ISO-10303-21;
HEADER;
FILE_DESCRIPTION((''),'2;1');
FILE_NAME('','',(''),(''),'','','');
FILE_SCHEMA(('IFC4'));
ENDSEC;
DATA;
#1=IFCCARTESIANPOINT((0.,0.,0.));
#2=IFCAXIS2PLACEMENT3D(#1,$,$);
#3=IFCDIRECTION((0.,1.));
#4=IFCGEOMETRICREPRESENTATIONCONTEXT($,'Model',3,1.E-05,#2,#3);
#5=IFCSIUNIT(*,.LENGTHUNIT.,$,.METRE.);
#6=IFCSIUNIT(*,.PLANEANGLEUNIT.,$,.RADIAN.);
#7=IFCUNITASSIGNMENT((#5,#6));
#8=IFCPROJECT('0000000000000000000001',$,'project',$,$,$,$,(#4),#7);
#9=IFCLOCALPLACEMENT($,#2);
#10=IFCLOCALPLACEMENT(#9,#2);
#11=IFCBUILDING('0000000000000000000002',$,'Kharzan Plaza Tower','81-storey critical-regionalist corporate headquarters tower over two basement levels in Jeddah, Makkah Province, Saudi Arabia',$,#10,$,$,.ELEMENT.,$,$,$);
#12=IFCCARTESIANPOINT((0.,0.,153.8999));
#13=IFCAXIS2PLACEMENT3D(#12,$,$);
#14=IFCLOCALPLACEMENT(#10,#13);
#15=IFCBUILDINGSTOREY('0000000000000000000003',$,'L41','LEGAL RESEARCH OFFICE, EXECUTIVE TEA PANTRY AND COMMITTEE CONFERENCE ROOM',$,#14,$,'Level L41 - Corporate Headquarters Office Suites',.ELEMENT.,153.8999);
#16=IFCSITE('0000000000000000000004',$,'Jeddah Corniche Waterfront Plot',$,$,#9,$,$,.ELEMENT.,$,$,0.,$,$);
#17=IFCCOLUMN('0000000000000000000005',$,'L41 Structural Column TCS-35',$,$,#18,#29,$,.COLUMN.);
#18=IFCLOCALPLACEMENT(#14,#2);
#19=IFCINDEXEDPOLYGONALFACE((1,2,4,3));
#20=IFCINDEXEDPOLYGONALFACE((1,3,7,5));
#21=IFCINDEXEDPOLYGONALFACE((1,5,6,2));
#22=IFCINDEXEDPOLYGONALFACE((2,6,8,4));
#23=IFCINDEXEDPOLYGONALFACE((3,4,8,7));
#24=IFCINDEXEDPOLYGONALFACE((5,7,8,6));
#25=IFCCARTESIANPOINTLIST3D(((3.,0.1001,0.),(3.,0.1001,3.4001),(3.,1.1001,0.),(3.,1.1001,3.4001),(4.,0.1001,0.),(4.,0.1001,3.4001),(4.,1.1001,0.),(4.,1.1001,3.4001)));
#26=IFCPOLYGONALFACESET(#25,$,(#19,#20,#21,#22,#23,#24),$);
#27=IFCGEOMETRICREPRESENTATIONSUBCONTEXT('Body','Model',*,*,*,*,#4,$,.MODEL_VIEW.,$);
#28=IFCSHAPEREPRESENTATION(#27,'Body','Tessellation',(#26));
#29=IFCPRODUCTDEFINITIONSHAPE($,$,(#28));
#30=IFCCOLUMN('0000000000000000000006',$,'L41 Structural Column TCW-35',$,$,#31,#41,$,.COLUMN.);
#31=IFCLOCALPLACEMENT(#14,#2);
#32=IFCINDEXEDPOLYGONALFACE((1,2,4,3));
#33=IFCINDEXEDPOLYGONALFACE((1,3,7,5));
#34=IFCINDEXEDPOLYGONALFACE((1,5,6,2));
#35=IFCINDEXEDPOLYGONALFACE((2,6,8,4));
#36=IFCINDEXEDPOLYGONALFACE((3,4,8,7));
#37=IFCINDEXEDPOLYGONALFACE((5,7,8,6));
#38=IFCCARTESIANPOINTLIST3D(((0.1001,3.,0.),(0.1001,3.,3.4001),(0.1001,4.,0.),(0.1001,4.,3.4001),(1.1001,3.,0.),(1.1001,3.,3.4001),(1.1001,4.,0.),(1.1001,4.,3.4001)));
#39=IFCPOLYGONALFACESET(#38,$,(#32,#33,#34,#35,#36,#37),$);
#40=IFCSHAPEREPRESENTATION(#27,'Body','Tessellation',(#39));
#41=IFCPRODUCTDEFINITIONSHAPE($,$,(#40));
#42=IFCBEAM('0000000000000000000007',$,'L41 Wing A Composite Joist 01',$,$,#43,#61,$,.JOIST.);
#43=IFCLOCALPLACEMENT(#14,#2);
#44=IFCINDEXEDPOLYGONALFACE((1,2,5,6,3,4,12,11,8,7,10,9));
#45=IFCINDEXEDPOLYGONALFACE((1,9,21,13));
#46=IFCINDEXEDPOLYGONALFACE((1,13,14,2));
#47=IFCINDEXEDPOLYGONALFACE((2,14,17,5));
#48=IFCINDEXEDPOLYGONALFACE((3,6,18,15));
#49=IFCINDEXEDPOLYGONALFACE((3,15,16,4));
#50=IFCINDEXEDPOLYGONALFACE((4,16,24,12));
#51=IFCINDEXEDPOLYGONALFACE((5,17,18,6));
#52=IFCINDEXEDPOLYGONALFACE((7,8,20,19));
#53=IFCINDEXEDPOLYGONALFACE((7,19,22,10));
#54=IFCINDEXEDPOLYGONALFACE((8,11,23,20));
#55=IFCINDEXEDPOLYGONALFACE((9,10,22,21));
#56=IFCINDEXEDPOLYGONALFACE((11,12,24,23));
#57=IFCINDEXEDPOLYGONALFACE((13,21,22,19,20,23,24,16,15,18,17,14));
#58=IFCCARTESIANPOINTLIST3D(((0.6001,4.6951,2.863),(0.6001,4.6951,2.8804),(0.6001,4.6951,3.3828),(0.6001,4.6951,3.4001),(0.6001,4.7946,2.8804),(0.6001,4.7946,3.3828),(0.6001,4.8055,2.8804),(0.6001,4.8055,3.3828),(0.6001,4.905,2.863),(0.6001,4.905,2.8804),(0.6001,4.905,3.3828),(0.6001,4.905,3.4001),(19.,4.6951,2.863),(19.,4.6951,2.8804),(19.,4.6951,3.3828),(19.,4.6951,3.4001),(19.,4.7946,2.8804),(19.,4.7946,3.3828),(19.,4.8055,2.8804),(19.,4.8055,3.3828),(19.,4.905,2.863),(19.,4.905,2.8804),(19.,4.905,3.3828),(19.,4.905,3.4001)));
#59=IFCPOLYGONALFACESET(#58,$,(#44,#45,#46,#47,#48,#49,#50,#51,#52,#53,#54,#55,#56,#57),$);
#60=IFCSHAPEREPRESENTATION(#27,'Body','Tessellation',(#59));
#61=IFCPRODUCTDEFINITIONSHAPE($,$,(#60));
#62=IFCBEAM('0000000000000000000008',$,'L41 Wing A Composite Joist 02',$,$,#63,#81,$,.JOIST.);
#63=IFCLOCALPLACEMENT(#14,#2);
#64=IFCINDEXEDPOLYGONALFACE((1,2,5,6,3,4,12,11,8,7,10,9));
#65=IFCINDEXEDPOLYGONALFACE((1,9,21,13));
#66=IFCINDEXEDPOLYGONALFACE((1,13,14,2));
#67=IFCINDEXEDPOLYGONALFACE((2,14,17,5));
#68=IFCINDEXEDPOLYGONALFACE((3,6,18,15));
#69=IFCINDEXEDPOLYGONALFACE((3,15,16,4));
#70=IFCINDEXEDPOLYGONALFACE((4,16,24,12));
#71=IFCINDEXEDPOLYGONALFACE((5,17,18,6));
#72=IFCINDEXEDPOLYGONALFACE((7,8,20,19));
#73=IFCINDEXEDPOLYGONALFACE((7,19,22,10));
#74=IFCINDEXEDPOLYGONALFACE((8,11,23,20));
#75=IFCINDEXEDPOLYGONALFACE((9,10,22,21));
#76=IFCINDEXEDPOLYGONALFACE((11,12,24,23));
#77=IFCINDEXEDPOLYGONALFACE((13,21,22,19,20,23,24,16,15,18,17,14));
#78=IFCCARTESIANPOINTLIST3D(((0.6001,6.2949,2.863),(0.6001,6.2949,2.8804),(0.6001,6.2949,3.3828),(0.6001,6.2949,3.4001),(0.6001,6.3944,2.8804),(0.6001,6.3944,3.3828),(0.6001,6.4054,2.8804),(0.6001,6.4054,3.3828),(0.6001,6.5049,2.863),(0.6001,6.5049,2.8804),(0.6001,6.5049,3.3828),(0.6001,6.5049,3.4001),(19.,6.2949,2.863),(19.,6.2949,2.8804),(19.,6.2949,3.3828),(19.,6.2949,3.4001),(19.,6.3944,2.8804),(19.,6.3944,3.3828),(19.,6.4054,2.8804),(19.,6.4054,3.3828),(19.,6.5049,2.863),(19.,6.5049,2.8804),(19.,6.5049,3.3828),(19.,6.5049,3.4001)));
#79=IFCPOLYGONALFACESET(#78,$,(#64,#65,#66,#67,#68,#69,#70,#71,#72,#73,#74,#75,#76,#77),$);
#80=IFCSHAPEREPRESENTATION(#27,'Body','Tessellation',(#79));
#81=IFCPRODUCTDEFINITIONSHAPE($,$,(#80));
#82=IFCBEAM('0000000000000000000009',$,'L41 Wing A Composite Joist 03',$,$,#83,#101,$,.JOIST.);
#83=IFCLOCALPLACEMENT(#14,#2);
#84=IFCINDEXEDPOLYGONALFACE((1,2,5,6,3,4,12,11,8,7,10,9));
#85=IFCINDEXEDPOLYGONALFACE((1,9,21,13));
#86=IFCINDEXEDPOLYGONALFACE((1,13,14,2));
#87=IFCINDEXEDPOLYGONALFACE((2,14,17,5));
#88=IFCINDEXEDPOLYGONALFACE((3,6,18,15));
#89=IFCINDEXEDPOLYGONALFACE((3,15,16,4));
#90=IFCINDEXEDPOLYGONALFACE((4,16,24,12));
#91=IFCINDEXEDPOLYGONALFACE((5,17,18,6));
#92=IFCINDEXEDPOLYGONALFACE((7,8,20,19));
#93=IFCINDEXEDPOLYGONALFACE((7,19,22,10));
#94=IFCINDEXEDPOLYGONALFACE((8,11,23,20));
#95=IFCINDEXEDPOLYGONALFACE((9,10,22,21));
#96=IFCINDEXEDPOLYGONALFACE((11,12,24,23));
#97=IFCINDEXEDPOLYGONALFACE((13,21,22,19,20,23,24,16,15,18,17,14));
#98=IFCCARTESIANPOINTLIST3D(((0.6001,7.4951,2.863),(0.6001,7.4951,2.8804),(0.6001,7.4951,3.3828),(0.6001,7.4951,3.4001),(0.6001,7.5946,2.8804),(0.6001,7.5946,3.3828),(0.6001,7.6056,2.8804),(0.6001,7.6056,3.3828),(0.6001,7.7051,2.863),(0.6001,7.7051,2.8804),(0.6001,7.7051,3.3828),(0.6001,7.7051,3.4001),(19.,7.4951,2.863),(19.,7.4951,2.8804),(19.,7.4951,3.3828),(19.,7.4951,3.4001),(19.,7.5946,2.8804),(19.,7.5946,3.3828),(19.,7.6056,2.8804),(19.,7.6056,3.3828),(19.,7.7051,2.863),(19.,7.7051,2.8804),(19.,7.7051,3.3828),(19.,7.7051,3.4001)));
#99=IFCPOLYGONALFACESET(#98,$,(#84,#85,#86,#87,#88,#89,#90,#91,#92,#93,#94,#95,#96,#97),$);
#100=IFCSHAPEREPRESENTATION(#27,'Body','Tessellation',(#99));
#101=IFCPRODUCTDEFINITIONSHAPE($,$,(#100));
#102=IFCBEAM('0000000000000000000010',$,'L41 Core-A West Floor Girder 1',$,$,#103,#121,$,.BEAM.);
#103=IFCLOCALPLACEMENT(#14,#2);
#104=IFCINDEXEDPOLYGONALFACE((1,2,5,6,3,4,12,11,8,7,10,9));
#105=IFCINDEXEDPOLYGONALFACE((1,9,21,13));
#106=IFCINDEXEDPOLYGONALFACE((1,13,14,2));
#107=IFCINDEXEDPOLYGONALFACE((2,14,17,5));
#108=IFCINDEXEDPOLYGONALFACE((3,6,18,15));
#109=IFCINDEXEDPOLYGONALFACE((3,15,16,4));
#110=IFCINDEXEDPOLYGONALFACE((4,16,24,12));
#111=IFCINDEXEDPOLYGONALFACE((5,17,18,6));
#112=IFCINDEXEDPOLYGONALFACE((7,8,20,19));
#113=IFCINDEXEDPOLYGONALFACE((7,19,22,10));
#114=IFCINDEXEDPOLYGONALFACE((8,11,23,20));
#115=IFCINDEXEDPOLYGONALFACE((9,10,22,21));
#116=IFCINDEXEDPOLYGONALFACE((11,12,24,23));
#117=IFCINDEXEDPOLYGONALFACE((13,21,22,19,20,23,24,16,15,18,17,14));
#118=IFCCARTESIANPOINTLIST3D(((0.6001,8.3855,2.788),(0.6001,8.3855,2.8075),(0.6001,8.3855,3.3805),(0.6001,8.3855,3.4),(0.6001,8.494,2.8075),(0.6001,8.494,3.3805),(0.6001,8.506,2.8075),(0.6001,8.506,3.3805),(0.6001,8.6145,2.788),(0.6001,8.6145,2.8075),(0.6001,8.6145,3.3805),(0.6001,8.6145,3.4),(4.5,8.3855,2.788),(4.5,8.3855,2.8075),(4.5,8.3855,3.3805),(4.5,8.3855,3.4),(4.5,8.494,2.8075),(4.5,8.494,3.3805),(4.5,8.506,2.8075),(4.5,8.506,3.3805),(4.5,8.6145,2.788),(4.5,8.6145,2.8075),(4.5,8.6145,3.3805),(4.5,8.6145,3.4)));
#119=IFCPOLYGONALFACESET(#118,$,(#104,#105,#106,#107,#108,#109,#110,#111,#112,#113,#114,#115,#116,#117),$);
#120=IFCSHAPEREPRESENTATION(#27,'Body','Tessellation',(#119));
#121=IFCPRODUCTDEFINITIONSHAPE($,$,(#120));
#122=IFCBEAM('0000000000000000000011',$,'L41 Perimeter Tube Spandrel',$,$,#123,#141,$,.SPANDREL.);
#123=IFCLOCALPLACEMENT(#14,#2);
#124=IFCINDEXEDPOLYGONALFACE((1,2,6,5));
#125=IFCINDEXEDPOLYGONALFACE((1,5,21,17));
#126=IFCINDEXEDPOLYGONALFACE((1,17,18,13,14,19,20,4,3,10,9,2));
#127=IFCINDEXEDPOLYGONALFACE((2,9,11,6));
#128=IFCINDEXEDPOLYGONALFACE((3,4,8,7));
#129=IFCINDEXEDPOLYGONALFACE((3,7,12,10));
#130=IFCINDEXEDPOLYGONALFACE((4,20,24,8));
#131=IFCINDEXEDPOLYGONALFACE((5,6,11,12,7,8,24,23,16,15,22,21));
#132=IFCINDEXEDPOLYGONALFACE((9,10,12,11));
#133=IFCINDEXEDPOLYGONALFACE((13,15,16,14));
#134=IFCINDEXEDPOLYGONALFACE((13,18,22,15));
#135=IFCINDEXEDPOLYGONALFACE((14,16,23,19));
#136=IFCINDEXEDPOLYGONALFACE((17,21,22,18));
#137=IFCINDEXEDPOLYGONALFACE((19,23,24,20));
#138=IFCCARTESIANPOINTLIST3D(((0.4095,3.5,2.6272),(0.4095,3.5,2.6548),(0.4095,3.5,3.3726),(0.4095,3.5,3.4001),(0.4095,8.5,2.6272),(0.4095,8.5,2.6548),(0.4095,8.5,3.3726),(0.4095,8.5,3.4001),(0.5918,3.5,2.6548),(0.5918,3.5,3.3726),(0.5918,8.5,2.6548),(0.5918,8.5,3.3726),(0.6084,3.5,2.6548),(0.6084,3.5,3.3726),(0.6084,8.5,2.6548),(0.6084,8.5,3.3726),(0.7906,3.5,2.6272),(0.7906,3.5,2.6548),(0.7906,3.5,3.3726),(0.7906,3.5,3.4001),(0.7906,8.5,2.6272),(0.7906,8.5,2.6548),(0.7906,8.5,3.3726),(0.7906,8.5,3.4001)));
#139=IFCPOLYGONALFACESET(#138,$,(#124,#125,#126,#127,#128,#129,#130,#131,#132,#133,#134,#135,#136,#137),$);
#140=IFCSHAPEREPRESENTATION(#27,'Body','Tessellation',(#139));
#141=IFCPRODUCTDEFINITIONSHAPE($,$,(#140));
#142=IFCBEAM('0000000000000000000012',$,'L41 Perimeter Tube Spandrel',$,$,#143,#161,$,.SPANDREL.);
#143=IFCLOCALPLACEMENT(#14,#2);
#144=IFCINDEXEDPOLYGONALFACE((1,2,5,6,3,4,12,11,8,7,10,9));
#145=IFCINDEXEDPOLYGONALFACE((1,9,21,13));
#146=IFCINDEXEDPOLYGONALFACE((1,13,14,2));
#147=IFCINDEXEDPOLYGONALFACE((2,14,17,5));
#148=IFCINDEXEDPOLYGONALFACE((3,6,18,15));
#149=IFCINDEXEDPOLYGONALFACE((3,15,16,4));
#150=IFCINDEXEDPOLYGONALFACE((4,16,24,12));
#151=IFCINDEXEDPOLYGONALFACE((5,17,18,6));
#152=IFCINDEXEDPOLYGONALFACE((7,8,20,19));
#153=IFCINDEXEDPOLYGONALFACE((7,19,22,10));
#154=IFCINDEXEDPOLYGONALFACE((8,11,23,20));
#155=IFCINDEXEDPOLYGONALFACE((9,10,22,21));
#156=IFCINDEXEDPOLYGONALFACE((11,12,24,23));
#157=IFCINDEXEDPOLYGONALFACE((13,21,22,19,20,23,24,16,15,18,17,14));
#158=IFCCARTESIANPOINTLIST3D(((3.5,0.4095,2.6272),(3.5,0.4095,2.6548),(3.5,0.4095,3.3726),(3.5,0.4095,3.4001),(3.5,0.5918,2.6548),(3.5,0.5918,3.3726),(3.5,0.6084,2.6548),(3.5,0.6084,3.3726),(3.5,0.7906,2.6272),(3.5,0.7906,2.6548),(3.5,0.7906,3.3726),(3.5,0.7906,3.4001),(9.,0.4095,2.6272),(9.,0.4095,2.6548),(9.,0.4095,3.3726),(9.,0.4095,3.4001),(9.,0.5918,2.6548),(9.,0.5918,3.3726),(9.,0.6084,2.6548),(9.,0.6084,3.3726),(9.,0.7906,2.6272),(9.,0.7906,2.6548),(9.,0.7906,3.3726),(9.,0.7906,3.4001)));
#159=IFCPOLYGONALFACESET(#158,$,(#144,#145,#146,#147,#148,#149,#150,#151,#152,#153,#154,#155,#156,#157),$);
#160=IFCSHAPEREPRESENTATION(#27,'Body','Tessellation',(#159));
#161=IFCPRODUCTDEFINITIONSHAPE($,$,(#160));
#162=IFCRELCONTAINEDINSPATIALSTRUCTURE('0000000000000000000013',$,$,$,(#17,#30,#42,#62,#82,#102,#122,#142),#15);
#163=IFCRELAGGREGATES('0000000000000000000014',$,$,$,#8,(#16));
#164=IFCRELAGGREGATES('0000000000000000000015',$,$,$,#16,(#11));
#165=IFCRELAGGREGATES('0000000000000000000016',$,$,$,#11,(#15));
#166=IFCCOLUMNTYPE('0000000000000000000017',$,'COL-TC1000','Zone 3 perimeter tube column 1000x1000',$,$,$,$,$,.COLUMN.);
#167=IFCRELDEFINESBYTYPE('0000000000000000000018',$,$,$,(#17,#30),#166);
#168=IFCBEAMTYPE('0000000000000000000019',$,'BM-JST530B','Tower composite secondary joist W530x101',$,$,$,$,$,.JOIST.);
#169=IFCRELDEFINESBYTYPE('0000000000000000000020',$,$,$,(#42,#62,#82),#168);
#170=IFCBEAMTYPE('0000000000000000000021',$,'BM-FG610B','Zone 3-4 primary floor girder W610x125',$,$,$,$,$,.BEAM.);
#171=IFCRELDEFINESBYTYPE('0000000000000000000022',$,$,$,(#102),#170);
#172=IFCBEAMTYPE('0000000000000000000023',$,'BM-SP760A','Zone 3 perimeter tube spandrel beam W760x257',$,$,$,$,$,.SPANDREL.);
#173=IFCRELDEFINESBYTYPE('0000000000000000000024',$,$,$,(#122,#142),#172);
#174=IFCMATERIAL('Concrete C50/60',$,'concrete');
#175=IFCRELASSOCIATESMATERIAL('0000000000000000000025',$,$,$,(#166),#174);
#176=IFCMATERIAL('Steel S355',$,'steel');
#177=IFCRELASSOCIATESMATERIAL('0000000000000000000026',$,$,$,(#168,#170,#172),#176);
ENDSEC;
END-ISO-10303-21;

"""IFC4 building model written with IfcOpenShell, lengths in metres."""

from ifc_helpers import new_model, si_unit, direction, frame, origin, origin_2d, place, context, subcontext, project, spatial, rectangle, i_section, extrude, source, transform, mapped, material, material_profile, profile_set, type_object, element, save


model = new_model("IFC4")

# Units and contexts
model_context = context("Model", 3, precision=1e-05, world=origin(), true_north=direction((0.0, 1.0)))
body_context = subcontext(model_context, "Body", "Model", "MODEL_VIEW")
ifc_project = project(units=[si_unit("LENGTHUNIT", "METRE"), si_unit("PLANEANGLEUNIT", "RADIAN")], contexts=[model_context])

# Site, building, storey
site_placement = place(None, origin())
site = spatial("IfcSite", under=ifc_project, at=site_placement, Name="Jeddah Corniche Waterfront Plot", CompositionType="ELEMENT", RefElevation=0.0)
building_placement = place(site_placement, origin())
building = spatial("IfcBuilding", under=site, at=building_placement, Name="Kharzan Plaza Tower", Description="81-storey critical-regionalist corporate headquarters tower over two basement levels in Jeddah, Makkah Province, Saudi Arabia", CompositionType="ELEMENT")
storey_placement = place(building_placement, frame((0.0, 0.0, 153.8999)))
storey = spatial("IfcBuildingStorey", under=building, at=storey_placement, Name="L41", Description="LEGAL RESEARCH OFFICE, EXECUTIVE TEA PANTRY AND COMMITTEE CONFERENCE ROOM", LongName="Level L41 - Corporate Headquarters Office Suites", CompositionType="ELEMENT", Elevation=153.8999)

# Columns
ifc_material_1 = material(Name="Concrete C50/60", Category="concrete")
ifc_material_profile_1 = material_profile(ifc_material_1, rectangle(XDim=1.0, YDim=1.0, at=origin_2d()), Name="RC-TC1000x1000")
ifc_profile_set_1 = profile_set([ifc_material_profile_1], Name="Concrete C50/60")
column_type = type_object("IfcColumnType", Name="COL-TC1000", Description="Zone 3 perimeter tube column 1000x1000", PredefinedType="COLUMN", material=ifc_profile_set_1)
shared_shape_1 = source(origin(), body_context, "Body", "SweptSolid", [
    extrude(rectangle(XDim=1.0, YDim=1.0, at=origin_2d()), origin(), (0.0, 0.0, 1.0), 3.4001),
])
for number, where, z_axis, x_axis, name in (
    (1, (3.5, 0.6001, 0.0), (0.0, 0.0, 1.0), (1.0, 0.0, 0.0), "L41 Structural Column TCS-35"),
    (2, (0.6001, 3.5, 0.0), (0.0, 0.0, 1.0), (1.0, 0.0, 0.0), "L41 Structural Column TCW-35"),
):
    element("IfcColumn", number, at=place(storey_placement, frame(where, z_axis=z_axis, x_axis=x_axis)), inside=storey, type_object=column_type, Name=name, PredefinedType="COLUMN", context=body_context, shape_type="MappedRepresentation", body=[
        mapped(shared_shape_1, transform((0.0, 0.0, 0.0), x_axis=(1.0, 0.0, 0.0), y_axis=(0.0, 1.0, 0.0), z_axis=(0.0, 0.0, 1.0))),
    ])

# Beams
ifc_material_2 = material(Name="Steel S355", Category="steel")
ifc_material_profile_2 = material_profile(ifc_material_2, i_section(OverallWidth=0.21, OverallDepth=0.5371, WebThickness=0.011, FlangeThickness=0.0173, at=origin_2d()), Name="W530x101")
ifc_profile_set_2 = profile_set([ifc_material_profile_2], Name="Steel S355")
beam_type_1 = type_object("IfcBeamType", Name="BM-JST530B", Description="Tower composite secondary joist W530x101", PredefinedType="JOIST", material=ifc_profile_set_2)
shared_shape_2 = source(origin(), body_context, "Body", "SweptSolid", [
    extrude(i_section(OverallWidth=0.21, OverallDepth=0.5371, WebThickness=0.011, FlangeThickness=0.0173, at=origin_2d()), origin(), (0.0, 0.0, 1.0), 18.3999),
])
for number, where, z_axis, x_axis, name in (
    (3, (0.6001, 4.8, 3.1316), (1.0, 0.0, 0.0), (0.0, 1.0, 0.0), "L41 Wing A Composite Joist 01"),
    (4, (0.6001, 6.3999, 3.1316), (1.0, 0.0, 0.0), (0.0, 1.0, 0.0), "L41 Wing A Composite Joist 02"),
    (5, (0.6001, 7.6001, 3.1316), (1.0, 0.0, 0.0), (0.0, 1.0, 0.0), "L41 Wing A Composite Joist 03"),
):
    element("IfcBeam", number, at=place(storey_placement, frame(where, z_axis=z_axis, x_axis=x_axis)), inside=storey, type_object=beam_type_1, Name=name, PredefinedType="JOIST", context=body_context, shape_type="MappedRepresentation", body=[
        mapped(shared_shape_2, transform((0.0, 0.0, 0.0), x_axis=(1.0, 0.0, 0.0), y_axis=(0.0, 1.0, 0.0), z_axis=(0.0, 0.0, 1.0))),
    ])
ifc_material_profile_3 = material_profile(ifc_material_2, i_section(OverallWidth=0.229, OverallDepth=0.6121, WebThickness=0.012, FlangeThickness=0.0195, at=origin_2d()), Name="W610x125")
ifc_profile_set_3 = profile_set([ifc_material_profile_3], Name="Steel S355")
beam_type_2 = type_object("IfcBeamType", Name="BM-FG610B", Description="Zone 3-4 primary floor girder W610x125", PredefinedType="BEAM", material=ifc_profile_set_3)
shared_shape_3 = source(origin(), body_context, "Body", "SweptSolid", [
    extrude(i_section(OverallWidth=0.229, OverallDepth=0.6121, WebThickness=0.012, FlangeThickness=0.0195, at=origin_2d()), origin(), (0.0, 0.0, 1.0), 3.8999),
])
beam_1_placement = place(storey_placement, frame((0.6001, 8.5, 3.094), z_axis=(1.0, 0.0, 0.0), x_axis=(0.0, 1.0, 0.0)))
element("IfcBeam", 6, at=beam_1_placement, inside=storey, type_object=beam_type_2, Name="L41 Core-A West Floor Girder 1", PredefinedType="BEAM", context=body_context, shape_type="MappedRepresentation", body=[
    mapped(shared_shape_3, transform((0.0, 0.0, 0.0), x_axis=(1.0, 0.0, 0.0), y_axis=(0.0, 1.0, 0.0), z_axis=(0.0, 0.0, 1.0))),
])
ifc_material_profile_4 = material_profile(ifc_material_2, i_section(OverallWidth=0.3811, OverallDepth=0.7729, WebThickness=0.0166, FlangeThickness=0.0276, at=origin_2d()), Name="W760x257")
ifc_profile_set_4 = profile_set([ifc_material_profile_4], Name="Steel S355")
beam_type_3 = type_object("IfcBeamType", Name="BM-SP760A", Description="Zone 3 perimeter tube spandrel beam W760x257", PredefinedType="SPANDREL", material=ifc_profile_set_4)
shared_shape_4 = source(origin(), body_context, "Body", "SweptSolid", [
    extrude(i_section(OverallWidth=0.3811, OverallDepth=0.7729, WebThickness=0.0166, FlangeThickness=0.0276, at=origin_2d()), origin(), (0.0, 0.0, 1.0), 5.0),
])
beam_2_placement = place(storey_placement, frame((0.6001, 3.5, 3.0137), z_axis=(0.0, 1.0, 0.0), x_axis=(-1.0, 0.0, 0.0)))
element("IfcBeam", 7, at=beam_2_placement, inside=storey, type_object=beam_type_3, Name="L41 Perimeter Tube Spandrel", PredefinedType="SPANDREL", context=body_context, shape_type="MappedRepresentation", body=[
    mapped(shared_shape_4, transform((0.0, 0.0, 0.0), x_axis=(1.0, 0.0, 0.0), y_axis=(0.0, 1.0, 0.0), z_axis=(0.0, 0.0, 1.0))),
])
shared_shape_5 = source(origin(), body_context, "Body", "SweptSolid", [
    extrude(i_section(OverallWidth=0.3811, OverallDepth=0.7729, WebThickness=0.0166, FlangeThickness=0.0276, at=origin_2d()), origin(), (0.0, 0.0, 1.0), 5.5),
])
beam_3_placement = place(storey_placement, frame((3.5, 0.6001, 3.0137), z_axis=(1.0, 0.0, 0.0), x_axis=(0.0, 1.0, 0.0)))
element("IfcBeam", 8, at=beam_3_placement, inside=storey, type_object=beam_type_3, Name="L41 Perimeter Tube Spandrel", PredefinedType="SPANDREL", context=body_context, shape_type="MappedRepresentation", body=[
    mapped(shared_shape_5, transform((0.0, 0.0, 0.0), x_axis=(1.0, 0.0, 0.0), y_axis=(0.0, 1.0, 0.0), z_axis=(0.0, 0.0, 1.0))),
])

save(model, "model.ifc")
